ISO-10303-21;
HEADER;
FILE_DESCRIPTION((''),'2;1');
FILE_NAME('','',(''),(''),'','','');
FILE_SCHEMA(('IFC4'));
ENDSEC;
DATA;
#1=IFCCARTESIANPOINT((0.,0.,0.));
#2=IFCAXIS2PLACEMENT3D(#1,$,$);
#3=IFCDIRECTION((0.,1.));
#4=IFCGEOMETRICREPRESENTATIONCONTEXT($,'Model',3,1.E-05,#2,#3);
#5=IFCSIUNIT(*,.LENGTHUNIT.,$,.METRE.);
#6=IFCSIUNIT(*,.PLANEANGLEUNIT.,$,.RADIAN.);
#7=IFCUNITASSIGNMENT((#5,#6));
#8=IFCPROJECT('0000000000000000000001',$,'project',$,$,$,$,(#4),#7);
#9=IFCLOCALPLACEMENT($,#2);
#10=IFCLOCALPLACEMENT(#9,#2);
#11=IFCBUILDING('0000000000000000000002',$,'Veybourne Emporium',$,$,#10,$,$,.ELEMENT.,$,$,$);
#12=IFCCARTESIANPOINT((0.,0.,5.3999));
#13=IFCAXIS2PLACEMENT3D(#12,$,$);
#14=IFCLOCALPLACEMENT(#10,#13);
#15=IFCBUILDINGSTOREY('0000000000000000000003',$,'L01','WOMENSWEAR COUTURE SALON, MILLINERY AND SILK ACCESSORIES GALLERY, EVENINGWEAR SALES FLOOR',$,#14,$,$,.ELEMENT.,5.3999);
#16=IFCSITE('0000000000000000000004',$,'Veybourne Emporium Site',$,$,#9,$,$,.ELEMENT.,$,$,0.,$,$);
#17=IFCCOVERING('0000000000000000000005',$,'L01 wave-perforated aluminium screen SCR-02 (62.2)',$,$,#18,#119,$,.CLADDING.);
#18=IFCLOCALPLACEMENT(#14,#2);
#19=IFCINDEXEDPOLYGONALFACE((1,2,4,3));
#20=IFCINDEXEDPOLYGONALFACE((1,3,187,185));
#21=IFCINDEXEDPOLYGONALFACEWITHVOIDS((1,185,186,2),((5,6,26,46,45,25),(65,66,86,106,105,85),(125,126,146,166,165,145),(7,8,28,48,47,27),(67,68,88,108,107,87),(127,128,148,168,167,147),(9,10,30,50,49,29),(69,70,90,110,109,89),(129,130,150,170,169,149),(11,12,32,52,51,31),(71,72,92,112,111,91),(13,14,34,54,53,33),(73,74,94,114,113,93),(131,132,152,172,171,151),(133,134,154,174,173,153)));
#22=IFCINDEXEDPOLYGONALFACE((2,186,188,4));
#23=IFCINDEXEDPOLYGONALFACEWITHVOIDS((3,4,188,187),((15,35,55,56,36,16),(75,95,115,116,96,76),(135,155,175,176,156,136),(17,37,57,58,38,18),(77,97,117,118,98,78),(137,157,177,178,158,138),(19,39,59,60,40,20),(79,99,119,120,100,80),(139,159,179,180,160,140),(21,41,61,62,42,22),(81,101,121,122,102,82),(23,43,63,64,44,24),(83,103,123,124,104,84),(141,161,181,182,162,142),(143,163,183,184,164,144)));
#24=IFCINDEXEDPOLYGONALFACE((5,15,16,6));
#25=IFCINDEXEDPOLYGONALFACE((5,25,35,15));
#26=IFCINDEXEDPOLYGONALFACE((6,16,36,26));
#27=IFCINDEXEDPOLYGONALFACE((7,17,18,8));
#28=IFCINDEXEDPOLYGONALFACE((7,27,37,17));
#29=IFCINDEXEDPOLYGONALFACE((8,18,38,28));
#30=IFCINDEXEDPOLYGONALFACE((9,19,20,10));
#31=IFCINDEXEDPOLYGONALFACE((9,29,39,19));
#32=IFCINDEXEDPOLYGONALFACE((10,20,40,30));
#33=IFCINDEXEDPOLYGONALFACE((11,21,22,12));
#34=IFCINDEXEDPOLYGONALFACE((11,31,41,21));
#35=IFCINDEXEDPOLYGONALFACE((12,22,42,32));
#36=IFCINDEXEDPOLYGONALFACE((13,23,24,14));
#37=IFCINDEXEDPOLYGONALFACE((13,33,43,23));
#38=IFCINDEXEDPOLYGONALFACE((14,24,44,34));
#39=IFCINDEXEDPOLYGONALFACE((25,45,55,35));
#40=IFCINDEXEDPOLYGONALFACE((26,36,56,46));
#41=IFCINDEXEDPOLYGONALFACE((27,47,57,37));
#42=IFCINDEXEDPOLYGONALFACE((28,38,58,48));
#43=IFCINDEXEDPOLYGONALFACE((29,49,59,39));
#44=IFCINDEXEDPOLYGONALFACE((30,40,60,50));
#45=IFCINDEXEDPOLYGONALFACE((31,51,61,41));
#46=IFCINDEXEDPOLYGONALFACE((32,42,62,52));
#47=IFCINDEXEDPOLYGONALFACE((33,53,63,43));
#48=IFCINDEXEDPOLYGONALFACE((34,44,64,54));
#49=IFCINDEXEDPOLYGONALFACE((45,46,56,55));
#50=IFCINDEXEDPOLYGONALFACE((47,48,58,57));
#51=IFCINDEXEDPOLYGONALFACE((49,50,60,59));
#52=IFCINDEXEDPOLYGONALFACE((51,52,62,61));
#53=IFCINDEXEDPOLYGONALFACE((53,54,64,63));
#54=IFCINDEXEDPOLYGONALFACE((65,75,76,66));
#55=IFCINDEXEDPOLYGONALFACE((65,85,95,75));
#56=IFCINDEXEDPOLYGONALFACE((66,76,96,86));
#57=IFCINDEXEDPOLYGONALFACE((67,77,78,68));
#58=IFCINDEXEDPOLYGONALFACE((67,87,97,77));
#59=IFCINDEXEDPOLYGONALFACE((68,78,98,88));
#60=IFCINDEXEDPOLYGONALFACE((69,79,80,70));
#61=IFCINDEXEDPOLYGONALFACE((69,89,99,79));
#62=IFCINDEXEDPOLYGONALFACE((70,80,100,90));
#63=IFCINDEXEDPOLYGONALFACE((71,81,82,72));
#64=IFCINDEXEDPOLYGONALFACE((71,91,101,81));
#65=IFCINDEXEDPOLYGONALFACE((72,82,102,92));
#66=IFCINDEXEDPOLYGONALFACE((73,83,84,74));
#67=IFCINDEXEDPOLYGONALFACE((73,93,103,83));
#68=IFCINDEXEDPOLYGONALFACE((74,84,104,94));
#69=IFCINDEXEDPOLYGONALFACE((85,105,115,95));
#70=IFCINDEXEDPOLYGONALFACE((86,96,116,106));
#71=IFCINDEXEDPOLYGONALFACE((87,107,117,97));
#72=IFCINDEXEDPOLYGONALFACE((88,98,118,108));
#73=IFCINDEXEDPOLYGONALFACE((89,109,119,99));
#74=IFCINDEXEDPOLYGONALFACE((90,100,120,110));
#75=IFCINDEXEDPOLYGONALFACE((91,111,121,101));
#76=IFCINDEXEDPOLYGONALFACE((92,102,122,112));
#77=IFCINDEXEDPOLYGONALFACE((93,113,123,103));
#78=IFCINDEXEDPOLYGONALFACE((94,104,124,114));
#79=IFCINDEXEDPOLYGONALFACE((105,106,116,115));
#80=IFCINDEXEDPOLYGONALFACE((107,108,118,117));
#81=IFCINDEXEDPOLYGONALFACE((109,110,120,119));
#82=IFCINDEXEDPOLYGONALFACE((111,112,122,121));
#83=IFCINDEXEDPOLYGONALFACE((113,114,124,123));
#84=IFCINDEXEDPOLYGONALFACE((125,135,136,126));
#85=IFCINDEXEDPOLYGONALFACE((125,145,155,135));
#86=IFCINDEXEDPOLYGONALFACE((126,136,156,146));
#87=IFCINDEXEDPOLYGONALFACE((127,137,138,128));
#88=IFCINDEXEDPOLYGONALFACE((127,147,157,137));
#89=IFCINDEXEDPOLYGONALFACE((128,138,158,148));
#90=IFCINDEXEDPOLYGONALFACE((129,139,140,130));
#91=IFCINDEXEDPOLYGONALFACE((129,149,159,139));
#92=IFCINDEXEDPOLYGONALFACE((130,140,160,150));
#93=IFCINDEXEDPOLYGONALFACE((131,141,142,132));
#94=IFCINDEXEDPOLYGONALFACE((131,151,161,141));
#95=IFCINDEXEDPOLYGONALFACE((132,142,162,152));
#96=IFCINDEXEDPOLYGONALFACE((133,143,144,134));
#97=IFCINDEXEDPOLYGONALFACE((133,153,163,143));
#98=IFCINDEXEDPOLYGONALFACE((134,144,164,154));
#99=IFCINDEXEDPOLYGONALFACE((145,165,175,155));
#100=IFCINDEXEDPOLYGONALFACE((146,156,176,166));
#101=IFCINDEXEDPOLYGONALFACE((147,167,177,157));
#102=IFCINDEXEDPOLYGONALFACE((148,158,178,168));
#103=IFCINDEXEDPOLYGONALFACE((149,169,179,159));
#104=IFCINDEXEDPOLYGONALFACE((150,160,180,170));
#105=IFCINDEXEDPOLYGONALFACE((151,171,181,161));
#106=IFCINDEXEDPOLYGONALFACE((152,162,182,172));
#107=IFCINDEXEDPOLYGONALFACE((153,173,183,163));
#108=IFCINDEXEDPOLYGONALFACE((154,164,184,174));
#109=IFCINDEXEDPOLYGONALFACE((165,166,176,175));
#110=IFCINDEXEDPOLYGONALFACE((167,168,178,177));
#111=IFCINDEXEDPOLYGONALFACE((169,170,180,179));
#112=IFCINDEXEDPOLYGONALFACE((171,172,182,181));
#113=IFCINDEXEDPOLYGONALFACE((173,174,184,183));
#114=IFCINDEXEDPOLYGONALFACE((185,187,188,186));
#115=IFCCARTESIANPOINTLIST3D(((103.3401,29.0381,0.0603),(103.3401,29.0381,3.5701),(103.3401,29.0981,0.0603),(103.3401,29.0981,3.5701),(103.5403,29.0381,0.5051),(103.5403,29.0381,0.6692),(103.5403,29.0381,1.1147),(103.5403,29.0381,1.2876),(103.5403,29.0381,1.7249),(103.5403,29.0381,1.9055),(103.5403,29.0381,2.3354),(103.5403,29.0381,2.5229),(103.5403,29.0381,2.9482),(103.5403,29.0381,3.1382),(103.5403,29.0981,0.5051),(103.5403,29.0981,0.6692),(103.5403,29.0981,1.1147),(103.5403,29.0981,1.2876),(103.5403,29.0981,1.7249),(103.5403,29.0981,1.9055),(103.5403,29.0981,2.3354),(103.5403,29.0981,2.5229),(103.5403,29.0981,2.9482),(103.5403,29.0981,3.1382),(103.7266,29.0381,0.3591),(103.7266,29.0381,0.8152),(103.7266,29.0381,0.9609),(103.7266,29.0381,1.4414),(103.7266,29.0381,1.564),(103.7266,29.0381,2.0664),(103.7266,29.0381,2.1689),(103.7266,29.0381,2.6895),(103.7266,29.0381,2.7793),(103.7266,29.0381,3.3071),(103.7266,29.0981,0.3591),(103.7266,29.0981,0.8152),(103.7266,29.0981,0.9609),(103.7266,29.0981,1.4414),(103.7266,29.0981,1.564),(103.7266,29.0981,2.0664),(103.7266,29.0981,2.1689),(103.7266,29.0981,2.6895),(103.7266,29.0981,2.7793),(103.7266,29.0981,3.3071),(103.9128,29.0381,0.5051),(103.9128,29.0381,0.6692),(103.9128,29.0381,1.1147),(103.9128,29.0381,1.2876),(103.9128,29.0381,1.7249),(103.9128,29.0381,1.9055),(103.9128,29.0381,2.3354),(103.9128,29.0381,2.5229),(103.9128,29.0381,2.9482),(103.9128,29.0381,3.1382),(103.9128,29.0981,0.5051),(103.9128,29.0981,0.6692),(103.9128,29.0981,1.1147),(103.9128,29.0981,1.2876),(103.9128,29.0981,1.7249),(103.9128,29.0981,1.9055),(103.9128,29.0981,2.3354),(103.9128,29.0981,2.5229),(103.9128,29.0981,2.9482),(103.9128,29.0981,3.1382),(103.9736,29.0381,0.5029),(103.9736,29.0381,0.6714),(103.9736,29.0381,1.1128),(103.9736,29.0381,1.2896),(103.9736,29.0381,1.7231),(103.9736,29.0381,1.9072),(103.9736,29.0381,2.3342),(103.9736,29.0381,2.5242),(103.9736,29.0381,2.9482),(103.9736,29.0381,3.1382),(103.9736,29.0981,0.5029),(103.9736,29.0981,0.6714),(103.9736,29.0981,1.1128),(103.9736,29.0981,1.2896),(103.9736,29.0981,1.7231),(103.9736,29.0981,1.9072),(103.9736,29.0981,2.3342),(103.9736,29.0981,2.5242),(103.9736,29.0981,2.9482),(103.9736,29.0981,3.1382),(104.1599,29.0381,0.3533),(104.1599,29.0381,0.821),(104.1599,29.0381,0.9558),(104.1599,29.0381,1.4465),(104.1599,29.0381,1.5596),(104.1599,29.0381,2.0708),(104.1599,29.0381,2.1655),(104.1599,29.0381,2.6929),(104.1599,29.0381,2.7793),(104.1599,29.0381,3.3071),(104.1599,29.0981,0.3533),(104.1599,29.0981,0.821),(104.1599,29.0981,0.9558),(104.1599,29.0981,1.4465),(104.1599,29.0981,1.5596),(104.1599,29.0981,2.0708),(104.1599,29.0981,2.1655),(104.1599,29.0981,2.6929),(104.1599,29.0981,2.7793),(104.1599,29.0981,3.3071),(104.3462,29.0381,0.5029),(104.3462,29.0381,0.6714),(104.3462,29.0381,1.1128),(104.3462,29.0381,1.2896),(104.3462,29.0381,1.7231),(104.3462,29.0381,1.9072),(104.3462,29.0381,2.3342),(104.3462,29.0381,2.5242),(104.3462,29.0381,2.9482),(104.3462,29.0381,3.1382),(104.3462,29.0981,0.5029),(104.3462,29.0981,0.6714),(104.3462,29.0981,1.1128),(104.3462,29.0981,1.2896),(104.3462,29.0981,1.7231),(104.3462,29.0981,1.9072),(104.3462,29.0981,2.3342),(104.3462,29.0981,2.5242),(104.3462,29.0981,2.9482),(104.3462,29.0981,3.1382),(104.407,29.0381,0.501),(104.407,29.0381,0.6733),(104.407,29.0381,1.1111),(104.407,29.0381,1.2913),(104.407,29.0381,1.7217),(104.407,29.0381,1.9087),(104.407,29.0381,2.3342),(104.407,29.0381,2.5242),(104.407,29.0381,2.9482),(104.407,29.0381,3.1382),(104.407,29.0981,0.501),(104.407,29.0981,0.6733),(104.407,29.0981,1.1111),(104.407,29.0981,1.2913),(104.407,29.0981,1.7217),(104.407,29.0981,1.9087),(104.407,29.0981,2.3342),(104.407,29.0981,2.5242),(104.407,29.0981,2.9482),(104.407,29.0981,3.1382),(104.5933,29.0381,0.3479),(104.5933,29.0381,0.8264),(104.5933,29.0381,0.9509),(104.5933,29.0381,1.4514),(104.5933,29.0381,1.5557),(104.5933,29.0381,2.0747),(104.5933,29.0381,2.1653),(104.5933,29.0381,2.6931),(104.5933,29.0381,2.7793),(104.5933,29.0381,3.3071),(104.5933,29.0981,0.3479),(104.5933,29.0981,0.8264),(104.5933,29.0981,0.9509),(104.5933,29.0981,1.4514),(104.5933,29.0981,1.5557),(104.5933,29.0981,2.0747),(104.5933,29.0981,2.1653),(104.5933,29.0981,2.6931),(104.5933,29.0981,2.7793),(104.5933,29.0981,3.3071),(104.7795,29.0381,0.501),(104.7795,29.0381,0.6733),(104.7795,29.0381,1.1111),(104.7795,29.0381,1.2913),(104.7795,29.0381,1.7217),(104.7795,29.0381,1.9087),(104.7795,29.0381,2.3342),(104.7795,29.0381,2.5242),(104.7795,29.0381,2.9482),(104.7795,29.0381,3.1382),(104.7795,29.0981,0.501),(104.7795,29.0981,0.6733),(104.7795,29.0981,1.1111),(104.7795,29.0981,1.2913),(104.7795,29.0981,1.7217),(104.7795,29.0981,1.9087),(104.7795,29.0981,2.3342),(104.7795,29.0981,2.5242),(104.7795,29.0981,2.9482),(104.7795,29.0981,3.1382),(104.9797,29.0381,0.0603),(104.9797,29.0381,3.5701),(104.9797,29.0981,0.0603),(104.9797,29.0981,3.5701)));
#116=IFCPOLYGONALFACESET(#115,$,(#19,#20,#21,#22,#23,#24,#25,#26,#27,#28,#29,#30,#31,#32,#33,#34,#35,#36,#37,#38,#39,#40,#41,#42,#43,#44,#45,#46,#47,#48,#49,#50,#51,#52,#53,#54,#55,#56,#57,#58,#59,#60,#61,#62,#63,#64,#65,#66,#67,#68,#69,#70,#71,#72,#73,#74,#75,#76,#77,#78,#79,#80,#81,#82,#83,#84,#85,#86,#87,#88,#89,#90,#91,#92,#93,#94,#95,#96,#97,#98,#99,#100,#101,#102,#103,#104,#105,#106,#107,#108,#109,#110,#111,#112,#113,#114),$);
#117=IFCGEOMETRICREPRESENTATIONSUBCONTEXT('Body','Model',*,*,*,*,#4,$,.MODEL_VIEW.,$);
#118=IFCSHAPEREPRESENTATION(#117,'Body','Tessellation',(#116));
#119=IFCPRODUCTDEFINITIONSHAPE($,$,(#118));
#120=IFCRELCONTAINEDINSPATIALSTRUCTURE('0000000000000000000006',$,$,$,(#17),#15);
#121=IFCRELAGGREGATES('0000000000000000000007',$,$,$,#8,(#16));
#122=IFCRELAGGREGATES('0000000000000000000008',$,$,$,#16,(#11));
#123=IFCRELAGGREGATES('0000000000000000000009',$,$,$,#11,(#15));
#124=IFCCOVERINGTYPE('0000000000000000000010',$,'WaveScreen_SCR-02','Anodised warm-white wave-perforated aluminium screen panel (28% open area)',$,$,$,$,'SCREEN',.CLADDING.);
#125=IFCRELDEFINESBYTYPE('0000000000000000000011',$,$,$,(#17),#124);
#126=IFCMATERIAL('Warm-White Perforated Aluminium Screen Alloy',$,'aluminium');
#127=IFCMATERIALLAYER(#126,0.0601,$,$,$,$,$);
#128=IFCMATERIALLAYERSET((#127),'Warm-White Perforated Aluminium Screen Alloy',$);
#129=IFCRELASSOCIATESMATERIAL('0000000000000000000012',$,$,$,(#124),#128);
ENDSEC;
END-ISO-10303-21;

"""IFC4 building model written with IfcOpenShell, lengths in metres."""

from ifc_helpers import new_model, si_unit, direction, frame, origin, place, context, subcontext, project, spatial, polyline, outline, extrude, material, layer, layer_set, type_object, element, save


model = new_model("IFC4")

# Units and contexts
model_context = context("Model", 3, precision=1e-05, world=origin(), true_north=direction((0.0, 1.0)))
body_context = subcontext(model_context, "Body", "Model", "MODEL_VIEW")
ifc_project = project(units=[si_unit("LENGTHUNIT", "METRE"), si_unit("PLANEANGLEUNIT", "RADIAN")], contexts=[model_context])

# Site, building, storey
site_placement = place(None, origin())
site = spatial("IfcSite", under=ifc_project, at=site_placement, Name="Veybourne Emporium Site", CompositionType="ELEMENT", RefElevation=0.0)
building_placement = place(site_placement, origin())
building = spatial("IfcBuilding", under=site, at=building_placement, Name="Veybourne Emporium", CompositionType="ELEMENT")
storey_placement = place(building_placement, frame((0.0, 0.0, 5.3999)))
storey = spatial("IfcBuildingStorey", under=building, at=storey_placement, Name="L01", Description="WOMENSWEAR COUTURE SALON, MILLINERY AND SILK ACCESSORIES GALLERY, EVENINGWEAR SALES FLOOR", CompositionType="ELEMENT", Elevation=5.3999)

# Covering
ifc_material_1 = material(Name="Warm-White Perforated Aluminium Screen Alloy", Category="aluminium")
ifc_layer_1 = layer(ifc_material_1, 0.0601)
ifc_layer_set_1 = layer_set([ifc_layer_1], Name="Warm-White Perforated Aluminium Screen Alloy")
covering_type_1 = type_object("IfcCoveringType", Name="WaveScreen_SCR-02", Description="Anodised warm-white wave-perforated aluminium screen panel (28% open area)", ElementType="SCREEN", PredefinedType="CLADDING", material=ifc_layer_set_1)
covering_1_placement = place(storey_placement, frame((104.1599, 29.0981, 1.8152), z_axis=(0.0, -1.0, 0.0), x_axis=(1.0, 0.0, 0.0)))
element("IfcCovering", 1, at=covering_1_placement, inside=storey, type_object=covering_type_1, Name="L01 wave-perforated aluminium screen SCR-02 (62.2)", PredefinedType="CLADDING", context=body_context, shape_type="SweptSolid", body=[
    extrude(outline(polyline([(-0.8198, -1.7549), (0.8198, -1.7549), (0.8198, 1.7549), (-0.8198, 1.7549), (-0.8198, -1.7549)]), holes=[polyline([(-0.4333, -1.0), (-0.2471, -1.146), (-0.2471, -1.3101), (-0.4333, -1.4561), (-0.6196, -1.3101), (-0.6196, -1.146), (-0.4333, -1.0)]), polyline([(-0.4333, -0.3738), (-0.2471, -0.5276), (-0.2471, -0.7004), (-0.4333, -0.8542), (-0.6196, -0.7004), (-0.6196, -0.5276), (-0.4333, -0.3738)]), polyline([(-0.4333, 0.2512), (-0.2471, 0.0903), (-0.2471, -0.0903), (-0.4333, -0.2512), (-0.6196, -0.0903), (-0.6196, 0.0903), (-0.4333, 0.2512)]), polyline([(-0.4333, 0.8743), (-0.2471, 0.7078), (-0.2471, 0.5203), (-0.4333, 0.3538), (-0.6196, 0.5203), (-0.6196, 0.7078), (-0.4333, 0.8743)]), polyline([(-0.4333, 1.4919), (-0.2471, 1.323), (-0.2471, 1.1331), (-0.4333, 0.9641), (-0.6196, 1.1331), (-0.6196, 1.323), (-0.4333, 1.4919)]), polyline([(0.0, -0.9941), (0.1863, -1.1438), (0.1863, -1.3123), (0.0, -1.4619), (-0.1863, -1.3123), (-0.1863, -1.1438), (0.0, -0.9941)]), polyline([(0.0, -0.3687), (0.1863, -0.5256), (0.1863, -0.7024), (0.0, -0.8594), (-0.1863, -0.7024), (-0.1863, -0.5256), (0.0, -0.3687)]), polyline([(0.0, 0.2556), (0.1863, 0.092), (0.1863, -0.092), (0.0, -0.2556), (-0.1863, -0.092), (-0.1863, 0.092), (0.0, 0.2556)]), polyline([(0.0, 0.8777), (0.1863, 0.709), (0.1863, 0.519), (0.0, 0.3503), (-0.1863, 0.519), (-0.1863, 0.709), (0.0, 0.8777)]), polyline([(0.0, 1.4919), (0.1863, 1.323), (0.1863, 1.1331), (0.0, 0.9641), (-0.1863, 1.1331), (-0.1863, 1.323), (0.0, 1.4919)]), polyline([(0.4333, -0.9888), (0.6196, -1.1418), (0.6196, -1.3142), (0.4333, -1.4673), (0.2471, -1.3142), (0.2471, -1.1418), (0.4333, -0.9888)]), polyline([(0.4333, -0.3638), (0.6196, -0.5239), (0.6196, -0.7041), (0.4333, -0.8643), (0.2471, -0.7041), (0.2471, -0.5239), (0.4333, -0.3638)]), polyline([(0.4333, 0.2595), (0.6196, 0.0935), (0.6196, -0.0935), (0.4333, -0.2595), (0.2471, -0.0935), (0.2471, 0.0935), (0.4333, 0.2595)]), polyline([(0.4333, 0.8779), (0.6196, 0.709), (0.6196, 0.519), (0.4333, 0.3501), (0.2471, 0.519), (0.2471, 0.709), (0.4333, 0.8779)]), polyline([(0.4333, 1.4919), (0.6196, 1.323), (0.6196, 1.1331), (0.4333, 0.9641), (0.2471, 1.1331), (0.2471, 1.323), (0.4333, 1.4919)])]), origin(), (0.0, 0.0, 1.0), 0.0601),
])

save(model, "model.ifc")
